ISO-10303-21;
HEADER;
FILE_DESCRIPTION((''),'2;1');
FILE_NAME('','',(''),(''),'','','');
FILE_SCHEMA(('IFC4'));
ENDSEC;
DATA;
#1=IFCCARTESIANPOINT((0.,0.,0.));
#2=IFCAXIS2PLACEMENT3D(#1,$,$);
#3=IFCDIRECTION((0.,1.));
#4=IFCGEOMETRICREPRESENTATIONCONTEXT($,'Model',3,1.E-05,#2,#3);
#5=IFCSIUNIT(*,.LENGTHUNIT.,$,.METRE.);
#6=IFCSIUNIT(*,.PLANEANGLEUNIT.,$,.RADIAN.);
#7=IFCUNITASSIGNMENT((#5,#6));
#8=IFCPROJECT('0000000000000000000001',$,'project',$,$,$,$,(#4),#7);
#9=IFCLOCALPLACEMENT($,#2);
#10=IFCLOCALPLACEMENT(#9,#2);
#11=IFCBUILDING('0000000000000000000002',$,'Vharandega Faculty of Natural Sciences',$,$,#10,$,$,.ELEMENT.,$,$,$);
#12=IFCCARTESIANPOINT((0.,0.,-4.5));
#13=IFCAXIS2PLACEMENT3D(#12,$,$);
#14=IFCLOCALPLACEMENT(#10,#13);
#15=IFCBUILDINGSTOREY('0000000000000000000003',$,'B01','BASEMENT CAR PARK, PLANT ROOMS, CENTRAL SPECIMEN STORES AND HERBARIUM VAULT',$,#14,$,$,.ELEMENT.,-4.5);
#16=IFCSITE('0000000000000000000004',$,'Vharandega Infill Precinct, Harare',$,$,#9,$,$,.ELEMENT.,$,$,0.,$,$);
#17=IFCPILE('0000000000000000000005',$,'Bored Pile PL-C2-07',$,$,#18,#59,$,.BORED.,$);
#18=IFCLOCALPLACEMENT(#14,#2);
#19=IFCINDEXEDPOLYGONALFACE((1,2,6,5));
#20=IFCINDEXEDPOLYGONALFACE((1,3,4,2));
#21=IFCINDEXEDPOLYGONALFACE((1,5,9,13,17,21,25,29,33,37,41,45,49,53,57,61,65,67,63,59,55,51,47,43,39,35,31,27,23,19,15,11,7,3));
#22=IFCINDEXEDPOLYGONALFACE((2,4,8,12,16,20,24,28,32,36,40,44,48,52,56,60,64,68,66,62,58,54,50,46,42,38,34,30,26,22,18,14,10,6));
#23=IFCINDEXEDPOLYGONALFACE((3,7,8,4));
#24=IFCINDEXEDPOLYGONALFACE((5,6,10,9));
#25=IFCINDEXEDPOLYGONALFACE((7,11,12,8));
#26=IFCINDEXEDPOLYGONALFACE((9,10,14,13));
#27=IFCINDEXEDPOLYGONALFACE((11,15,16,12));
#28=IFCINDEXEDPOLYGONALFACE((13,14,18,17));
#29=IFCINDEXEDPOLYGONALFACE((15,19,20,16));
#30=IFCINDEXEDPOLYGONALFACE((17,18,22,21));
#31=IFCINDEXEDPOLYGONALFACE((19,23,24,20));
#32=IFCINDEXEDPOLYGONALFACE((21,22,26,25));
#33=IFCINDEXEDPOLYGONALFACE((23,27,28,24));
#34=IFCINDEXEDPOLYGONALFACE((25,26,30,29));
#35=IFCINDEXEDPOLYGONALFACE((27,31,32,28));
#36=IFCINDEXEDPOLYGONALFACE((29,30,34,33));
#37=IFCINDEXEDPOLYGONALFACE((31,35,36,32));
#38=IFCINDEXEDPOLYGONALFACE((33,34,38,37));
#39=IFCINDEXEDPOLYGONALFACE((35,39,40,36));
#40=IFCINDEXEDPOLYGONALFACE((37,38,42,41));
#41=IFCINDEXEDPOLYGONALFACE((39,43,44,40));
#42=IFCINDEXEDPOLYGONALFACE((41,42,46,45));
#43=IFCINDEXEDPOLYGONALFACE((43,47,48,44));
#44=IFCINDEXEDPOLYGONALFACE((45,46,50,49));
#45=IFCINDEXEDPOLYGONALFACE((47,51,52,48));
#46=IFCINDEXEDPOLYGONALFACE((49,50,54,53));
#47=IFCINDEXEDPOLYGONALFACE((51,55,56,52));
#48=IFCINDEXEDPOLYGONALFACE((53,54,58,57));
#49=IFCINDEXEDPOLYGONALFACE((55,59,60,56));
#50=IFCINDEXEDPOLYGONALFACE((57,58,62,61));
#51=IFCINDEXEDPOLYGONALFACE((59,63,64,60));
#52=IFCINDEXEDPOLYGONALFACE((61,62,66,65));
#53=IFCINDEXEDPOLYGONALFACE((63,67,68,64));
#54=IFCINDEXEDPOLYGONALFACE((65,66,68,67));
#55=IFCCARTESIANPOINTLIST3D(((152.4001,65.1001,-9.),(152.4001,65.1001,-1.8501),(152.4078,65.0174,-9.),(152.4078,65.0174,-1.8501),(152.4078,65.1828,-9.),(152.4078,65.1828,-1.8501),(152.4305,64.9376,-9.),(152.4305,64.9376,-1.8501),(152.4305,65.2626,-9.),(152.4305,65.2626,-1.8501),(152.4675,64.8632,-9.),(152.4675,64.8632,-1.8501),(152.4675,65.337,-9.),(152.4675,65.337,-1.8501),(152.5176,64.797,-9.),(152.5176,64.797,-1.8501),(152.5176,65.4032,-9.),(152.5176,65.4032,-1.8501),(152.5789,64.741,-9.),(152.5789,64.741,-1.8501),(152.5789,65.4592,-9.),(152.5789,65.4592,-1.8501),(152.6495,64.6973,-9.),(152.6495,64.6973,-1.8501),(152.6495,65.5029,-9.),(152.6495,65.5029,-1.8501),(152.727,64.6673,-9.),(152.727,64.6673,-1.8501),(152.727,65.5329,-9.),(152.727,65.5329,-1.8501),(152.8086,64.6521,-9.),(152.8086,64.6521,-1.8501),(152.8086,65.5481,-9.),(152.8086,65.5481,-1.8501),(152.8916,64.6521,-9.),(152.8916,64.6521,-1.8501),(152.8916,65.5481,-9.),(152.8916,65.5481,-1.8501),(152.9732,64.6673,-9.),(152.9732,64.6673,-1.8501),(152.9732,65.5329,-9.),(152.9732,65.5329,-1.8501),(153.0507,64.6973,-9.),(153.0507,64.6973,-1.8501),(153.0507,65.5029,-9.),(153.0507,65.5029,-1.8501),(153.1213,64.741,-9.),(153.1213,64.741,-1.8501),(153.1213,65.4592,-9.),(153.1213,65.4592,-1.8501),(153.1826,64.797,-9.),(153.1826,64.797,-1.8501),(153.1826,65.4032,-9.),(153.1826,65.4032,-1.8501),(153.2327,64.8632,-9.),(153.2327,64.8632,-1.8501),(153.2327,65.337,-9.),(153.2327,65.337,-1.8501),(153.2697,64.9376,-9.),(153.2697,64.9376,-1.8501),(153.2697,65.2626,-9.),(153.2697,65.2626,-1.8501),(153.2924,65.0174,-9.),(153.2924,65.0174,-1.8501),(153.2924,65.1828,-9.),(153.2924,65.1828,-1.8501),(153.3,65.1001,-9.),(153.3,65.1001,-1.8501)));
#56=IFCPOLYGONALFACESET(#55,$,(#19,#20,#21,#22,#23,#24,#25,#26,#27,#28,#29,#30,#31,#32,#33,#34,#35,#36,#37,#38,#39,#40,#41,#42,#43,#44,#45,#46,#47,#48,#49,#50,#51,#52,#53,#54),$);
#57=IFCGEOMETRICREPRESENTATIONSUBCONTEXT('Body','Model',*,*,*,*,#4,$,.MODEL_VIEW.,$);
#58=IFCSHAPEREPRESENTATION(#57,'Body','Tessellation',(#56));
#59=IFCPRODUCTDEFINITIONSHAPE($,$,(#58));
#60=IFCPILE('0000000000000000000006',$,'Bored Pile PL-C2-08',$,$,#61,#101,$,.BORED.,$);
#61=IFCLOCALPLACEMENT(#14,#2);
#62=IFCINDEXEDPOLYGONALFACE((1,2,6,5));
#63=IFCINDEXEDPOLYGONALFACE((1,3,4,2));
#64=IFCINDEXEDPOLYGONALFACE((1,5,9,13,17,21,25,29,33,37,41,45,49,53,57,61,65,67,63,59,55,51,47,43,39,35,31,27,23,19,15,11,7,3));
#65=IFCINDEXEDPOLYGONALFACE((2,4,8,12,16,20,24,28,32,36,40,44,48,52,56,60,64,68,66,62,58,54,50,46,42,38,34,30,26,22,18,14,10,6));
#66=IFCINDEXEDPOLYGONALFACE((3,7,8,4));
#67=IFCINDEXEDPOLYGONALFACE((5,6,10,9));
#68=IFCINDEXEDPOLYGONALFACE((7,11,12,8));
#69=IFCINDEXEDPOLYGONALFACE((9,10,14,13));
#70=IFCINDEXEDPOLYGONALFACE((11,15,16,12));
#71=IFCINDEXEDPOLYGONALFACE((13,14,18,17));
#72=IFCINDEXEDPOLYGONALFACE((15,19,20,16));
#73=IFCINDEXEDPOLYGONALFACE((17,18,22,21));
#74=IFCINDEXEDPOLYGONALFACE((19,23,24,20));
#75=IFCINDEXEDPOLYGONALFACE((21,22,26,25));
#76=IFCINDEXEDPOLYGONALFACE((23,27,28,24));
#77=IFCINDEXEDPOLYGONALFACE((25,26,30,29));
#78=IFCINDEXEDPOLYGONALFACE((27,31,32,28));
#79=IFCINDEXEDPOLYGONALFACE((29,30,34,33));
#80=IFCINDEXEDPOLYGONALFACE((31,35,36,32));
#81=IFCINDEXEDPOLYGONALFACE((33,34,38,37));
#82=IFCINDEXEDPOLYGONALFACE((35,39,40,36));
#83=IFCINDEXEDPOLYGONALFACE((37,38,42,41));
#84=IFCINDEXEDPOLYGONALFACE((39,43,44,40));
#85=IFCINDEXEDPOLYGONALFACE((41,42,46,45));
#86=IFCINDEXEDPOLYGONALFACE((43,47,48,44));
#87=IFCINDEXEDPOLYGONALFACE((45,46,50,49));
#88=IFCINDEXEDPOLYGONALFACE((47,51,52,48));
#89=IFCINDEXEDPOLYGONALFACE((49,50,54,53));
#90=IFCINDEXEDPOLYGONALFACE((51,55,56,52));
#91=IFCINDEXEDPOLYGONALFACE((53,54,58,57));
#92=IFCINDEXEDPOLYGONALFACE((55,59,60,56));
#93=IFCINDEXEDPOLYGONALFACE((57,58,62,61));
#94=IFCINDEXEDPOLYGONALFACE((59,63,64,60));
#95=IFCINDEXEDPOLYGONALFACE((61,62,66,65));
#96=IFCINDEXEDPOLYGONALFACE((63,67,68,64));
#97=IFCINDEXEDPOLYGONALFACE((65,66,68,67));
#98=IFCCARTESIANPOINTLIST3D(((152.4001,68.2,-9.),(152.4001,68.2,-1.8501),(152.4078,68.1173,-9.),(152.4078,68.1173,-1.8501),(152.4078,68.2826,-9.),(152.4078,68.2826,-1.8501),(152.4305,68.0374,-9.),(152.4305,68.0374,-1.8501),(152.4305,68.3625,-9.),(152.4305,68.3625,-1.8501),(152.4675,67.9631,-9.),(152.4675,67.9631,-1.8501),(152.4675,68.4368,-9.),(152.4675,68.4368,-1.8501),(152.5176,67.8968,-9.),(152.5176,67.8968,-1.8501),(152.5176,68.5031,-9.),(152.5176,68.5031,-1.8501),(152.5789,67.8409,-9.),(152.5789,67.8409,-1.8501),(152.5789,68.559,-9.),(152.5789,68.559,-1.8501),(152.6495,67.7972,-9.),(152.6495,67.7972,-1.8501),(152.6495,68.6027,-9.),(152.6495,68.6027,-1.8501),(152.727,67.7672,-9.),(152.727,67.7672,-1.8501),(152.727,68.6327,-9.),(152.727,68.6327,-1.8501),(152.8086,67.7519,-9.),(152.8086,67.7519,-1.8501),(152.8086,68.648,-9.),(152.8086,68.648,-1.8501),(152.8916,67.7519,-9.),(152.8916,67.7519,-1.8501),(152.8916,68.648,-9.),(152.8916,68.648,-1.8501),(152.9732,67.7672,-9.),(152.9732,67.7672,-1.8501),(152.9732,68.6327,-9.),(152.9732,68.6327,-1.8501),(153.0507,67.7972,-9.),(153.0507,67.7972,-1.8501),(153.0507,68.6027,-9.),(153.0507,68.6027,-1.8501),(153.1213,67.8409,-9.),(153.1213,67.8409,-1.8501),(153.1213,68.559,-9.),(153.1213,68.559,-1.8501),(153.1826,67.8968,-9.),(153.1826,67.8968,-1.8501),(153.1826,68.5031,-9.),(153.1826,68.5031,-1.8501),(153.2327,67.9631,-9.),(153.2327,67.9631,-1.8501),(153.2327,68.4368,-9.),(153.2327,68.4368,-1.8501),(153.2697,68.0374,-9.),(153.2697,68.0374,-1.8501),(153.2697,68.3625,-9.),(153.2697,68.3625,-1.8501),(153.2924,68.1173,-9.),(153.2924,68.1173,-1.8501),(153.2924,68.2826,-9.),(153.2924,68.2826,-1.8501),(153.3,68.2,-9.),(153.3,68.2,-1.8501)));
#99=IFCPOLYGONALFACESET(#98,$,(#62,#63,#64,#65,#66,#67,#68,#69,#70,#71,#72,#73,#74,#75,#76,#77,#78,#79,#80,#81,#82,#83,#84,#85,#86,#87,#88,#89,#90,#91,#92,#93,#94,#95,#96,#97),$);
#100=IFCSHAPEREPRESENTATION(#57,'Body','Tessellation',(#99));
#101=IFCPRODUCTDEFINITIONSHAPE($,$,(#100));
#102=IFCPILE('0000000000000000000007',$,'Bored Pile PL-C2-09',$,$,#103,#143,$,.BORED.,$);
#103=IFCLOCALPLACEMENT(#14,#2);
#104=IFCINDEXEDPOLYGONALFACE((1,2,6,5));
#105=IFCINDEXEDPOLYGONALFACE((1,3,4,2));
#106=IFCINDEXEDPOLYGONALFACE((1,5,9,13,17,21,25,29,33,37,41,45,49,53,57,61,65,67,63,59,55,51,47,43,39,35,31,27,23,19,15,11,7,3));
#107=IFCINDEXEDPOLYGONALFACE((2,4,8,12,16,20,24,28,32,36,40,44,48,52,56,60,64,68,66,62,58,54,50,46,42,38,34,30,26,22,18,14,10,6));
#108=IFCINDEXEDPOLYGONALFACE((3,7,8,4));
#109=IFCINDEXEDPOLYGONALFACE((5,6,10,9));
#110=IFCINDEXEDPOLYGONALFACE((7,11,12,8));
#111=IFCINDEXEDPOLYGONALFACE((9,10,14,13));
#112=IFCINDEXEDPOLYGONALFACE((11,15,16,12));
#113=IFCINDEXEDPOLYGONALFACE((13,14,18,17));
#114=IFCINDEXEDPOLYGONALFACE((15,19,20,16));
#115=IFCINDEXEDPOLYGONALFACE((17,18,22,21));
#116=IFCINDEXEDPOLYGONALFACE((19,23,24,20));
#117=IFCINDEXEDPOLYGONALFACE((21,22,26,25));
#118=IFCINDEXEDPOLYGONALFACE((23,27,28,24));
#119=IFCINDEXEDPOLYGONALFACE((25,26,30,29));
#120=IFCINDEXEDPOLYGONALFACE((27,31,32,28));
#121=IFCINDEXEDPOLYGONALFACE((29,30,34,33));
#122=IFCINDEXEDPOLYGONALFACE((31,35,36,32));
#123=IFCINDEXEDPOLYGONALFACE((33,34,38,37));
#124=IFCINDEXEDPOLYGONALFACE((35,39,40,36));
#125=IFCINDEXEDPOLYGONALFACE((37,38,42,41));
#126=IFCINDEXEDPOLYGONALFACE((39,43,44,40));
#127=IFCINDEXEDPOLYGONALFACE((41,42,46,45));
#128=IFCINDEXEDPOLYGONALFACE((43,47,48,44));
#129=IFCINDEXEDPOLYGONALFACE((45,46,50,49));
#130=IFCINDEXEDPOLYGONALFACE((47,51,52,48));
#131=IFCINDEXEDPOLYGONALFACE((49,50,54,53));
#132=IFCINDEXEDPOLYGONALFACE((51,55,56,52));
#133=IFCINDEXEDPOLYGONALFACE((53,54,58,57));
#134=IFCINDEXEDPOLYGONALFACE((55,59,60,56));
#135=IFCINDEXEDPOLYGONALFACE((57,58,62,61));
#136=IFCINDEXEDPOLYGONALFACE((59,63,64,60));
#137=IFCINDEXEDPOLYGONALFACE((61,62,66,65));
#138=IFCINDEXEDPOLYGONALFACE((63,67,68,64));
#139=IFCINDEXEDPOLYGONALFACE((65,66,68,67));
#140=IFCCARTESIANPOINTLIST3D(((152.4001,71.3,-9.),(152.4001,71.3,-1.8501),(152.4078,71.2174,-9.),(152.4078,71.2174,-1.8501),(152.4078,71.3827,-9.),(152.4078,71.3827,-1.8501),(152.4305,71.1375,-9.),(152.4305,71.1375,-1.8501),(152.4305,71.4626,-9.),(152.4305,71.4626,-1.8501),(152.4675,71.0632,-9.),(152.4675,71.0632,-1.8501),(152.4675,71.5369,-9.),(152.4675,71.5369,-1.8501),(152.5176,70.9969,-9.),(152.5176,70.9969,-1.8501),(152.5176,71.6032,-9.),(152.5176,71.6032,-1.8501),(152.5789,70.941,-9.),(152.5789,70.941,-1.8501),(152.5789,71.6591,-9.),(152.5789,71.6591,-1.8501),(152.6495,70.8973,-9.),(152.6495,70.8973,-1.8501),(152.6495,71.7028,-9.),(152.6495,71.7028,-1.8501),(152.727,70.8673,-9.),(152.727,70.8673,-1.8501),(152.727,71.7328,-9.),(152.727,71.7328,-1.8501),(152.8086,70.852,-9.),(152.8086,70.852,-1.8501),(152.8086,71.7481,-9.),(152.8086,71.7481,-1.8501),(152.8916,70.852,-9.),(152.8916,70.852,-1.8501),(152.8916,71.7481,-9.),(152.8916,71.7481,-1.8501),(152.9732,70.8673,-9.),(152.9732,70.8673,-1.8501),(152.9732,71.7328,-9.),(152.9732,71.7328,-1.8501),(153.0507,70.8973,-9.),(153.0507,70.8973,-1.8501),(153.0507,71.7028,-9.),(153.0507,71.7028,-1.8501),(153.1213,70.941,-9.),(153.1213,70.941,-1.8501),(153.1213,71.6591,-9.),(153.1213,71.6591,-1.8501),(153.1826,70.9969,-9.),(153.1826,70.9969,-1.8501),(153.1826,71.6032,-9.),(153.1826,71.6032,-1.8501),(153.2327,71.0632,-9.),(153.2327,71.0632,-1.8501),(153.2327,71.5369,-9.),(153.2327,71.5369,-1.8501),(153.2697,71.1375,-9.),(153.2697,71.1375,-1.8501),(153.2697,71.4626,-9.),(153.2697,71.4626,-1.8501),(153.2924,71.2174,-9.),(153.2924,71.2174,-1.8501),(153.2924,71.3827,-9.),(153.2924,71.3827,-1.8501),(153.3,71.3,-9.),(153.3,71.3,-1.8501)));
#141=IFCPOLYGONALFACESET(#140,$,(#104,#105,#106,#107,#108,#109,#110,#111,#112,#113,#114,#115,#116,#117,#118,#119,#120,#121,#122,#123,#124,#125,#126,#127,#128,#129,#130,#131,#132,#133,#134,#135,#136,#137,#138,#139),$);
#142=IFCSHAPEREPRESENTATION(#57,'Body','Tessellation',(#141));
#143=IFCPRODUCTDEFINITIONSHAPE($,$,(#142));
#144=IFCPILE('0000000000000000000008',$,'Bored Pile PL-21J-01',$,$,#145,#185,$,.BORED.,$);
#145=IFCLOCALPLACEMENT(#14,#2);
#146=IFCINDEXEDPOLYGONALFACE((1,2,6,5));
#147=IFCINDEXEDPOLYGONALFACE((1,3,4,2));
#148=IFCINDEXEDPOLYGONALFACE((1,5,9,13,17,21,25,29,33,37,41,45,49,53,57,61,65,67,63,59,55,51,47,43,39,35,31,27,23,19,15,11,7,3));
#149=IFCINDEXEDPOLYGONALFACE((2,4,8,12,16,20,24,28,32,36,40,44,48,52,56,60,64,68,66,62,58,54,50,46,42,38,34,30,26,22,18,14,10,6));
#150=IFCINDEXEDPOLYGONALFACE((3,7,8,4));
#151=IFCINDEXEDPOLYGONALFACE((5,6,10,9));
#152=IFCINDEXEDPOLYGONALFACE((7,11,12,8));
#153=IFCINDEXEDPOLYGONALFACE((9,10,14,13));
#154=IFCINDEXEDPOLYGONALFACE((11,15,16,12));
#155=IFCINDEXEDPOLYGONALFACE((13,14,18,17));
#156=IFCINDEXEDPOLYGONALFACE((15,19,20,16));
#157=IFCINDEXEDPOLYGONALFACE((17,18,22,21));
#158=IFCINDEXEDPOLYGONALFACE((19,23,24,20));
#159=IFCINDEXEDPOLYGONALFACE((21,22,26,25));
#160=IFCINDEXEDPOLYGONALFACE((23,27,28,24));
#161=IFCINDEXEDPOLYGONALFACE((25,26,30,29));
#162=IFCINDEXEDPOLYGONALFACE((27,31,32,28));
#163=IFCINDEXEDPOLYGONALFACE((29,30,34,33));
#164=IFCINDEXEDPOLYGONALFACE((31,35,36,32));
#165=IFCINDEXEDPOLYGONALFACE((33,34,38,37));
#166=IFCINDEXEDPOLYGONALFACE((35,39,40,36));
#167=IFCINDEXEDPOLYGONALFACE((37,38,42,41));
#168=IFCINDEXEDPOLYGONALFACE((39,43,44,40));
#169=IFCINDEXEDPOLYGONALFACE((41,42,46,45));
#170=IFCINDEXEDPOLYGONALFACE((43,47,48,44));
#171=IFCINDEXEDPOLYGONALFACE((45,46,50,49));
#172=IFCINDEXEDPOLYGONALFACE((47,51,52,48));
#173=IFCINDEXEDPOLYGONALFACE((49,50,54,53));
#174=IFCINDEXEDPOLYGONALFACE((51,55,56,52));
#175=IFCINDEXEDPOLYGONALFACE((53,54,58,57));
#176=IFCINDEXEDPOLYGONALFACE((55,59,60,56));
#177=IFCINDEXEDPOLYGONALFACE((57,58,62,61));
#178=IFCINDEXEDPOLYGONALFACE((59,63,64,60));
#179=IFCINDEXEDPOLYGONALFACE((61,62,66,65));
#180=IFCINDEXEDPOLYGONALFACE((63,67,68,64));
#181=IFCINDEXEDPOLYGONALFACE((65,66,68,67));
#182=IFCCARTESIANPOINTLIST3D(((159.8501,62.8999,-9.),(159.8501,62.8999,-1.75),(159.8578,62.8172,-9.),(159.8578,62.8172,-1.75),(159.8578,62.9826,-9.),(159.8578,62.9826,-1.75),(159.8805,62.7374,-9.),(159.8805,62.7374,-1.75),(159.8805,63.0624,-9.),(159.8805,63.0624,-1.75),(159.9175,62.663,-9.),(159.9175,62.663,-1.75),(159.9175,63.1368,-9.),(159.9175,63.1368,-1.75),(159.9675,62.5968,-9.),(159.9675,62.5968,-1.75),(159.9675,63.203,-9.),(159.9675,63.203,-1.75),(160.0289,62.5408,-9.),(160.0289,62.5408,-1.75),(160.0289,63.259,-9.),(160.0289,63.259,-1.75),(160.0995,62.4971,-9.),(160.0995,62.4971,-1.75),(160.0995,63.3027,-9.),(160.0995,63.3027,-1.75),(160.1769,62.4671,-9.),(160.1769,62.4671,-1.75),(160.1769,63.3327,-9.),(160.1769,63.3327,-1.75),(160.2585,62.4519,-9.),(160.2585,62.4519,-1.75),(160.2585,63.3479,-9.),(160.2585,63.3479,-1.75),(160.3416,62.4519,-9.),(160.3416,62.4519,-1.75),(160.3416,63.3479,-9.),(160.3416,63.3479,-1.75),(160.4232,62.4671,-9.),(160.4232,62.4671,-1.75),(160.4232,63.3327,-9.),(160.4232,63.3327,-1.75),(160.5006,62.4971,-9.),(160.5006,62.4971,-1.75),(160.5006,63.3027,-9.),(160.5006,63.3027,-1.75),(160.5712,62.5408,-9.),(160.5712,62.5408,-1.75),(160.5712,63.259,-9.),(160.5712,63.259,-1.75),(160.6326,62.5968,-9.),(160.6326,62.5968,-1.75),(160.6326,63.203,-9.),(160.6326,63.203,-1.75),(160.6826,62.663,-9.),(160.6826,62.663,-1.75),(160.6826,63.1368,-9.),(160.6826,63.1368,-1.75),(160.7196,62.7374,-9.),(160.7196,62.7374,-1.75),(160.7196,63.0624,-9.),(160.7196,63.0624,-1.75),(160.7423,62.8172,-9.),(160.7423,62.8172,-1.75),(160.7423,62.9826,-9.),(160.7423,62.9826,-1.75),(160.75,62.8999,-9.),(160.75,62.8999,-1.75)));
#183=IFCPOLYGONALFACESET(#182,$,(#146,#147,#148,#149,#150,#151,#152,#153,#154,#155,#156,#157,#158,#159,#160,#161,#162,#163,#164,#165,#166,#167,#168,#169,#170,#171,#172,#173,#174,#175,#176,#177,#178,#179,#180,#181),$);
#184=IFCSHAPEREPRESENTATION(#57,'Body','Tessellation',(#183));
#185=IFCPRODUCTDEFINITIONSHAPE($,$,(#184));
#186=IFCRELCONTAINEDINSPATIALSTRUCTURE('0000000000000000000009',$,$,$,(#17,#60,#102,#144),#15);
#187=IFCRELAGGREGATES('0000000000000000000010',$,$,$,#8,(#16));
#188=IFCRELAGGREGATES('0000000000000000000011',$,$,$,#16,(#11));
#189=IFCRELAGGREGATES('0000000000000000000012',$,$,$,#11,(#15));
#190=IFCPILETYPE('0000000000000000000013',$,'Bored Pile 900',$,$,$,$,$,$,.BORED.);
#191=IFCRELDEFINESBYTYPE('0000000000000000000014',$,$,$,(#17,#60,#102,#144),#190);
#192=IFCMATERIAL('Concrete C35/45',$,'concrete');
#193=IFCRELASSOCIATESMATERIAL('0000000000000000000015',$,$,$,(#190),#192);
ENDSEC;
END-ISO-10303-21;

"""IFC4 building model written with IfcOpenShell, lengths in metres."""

from ifc_helpers import new_model, si_unit, direction, frame, origin, origin_2d, place, context, subcontext, project, spatial, circle, extrude, material, material_profile, profile_set, type_object, element, save


model = new_model("IFC4")

# Units and contexts
model_context = context("Model", 3, precision=1e-05, world=origin(), true_north=direction((0.0, 1.0)))
body_context = subcontext(model_context, "Body", "Model", "MODEL_VIEW")
ifc_project = project(units=[si_unit("LENGTHUNIT", "METRE"), si_unit("PLANEANGLEUNIT", "RADIAN")], contexts=[model_context])

# Site, building, storey
site_placement = place(None, origin())
site = spatial("IfcSite", under=ifc_project, at=site_placement, Name="Vharandega Infill Precinct, Harare", CompositionType="ELEMENT", RefElevation=0.0)
building_placement = place(site_placement, origin())
building = spatial("IfcBuilding", under=site, at=building_placement, Name="Vharandega Faculty of Natural Sciences", CompositionType="ELEMENT")
storey_placement = place(building_placement, frame((0.0, 0.0, -4.5)))
storey = spatial("IfcBuildingStorey", under=building, at=storey_placement, Name="B01", Description="BASEMENT CAR PARK, PLANT ROOMS, CENTRAL SPECIMEN STORES AND HERBARIUM VAULT", CompositionType="ELEMENT", Elevation=-4.5)

# Piles
ifc_material_1 = material(Name="Concrete C35/45", Category="concrete")
ifc_material_profile_1 = material_profile(ifc_material_1, circle(Radius=0.45, at=origin_2d()), Name="PILE 900")
ifc_profile_set_1 = profile_set([ifc_material_profile_1], Name="Concrete C35/45")
pile_type = type_object("IfcPileType", Name="Bored Pile 900", PredefinedType="BORED", material=ifc_profile_set_1)
for number, where, z_axis, x_axis, name in (
    (1, (152.8501, 65.1001, -1.8501), (0.0, 0.0, -1.0), (1.0, 0.0, 0.0), "Bored Pile PL-C2-07"),
    (2, (152.8501, 68.2, -1.8501), (0.0, 0.0, -1.0), (1.0, 0.0, 0.0), "Bored Pile PL-C2-08"),
    (3, (152.8501, 71.3, -1.8501), (0.0, 0.0, -1.0), (1.0, 0.0, 0.0), "Bored Pile PL-C2-09"),
):
    element("IfcPile", number, at=place(storey_placement, frame(where, z_axis=z_axis, x_axis=x_axis)), inside=storey, type_object=pile_type, Name=name, PredefinedType="BORED", context=body_context, shape_type="SweptSolid", body=[
        extrude(circle(Radius=0.45, at=origin_2d()), origin(), (0.0, 0.0, 1.0), 7.1499),
    ])
for number, where, z_axis, x_axis, name in (
    (4, (160.3, 62.8999, -1.75), (0.0, 0.0, -1.0), (1.0, 0.0, 0.0), "Bored Pile PL-21J-01"),
):
    element("IfcPile", number, at=place(storey_placement, frame(where, z_axis=z_axis, x_axis=x_axis)), inside=storey, type_object=pile_type, Name=name, PredefinedType="BORED", context=body_context, shape_type="SweptSolid", body=[
        extrude(circle(Radius=0.45, at=origin_2d()), origin(), (0.0, 0.0, 1.0), 7.25),
    ])

save(model, "model.ifc")
